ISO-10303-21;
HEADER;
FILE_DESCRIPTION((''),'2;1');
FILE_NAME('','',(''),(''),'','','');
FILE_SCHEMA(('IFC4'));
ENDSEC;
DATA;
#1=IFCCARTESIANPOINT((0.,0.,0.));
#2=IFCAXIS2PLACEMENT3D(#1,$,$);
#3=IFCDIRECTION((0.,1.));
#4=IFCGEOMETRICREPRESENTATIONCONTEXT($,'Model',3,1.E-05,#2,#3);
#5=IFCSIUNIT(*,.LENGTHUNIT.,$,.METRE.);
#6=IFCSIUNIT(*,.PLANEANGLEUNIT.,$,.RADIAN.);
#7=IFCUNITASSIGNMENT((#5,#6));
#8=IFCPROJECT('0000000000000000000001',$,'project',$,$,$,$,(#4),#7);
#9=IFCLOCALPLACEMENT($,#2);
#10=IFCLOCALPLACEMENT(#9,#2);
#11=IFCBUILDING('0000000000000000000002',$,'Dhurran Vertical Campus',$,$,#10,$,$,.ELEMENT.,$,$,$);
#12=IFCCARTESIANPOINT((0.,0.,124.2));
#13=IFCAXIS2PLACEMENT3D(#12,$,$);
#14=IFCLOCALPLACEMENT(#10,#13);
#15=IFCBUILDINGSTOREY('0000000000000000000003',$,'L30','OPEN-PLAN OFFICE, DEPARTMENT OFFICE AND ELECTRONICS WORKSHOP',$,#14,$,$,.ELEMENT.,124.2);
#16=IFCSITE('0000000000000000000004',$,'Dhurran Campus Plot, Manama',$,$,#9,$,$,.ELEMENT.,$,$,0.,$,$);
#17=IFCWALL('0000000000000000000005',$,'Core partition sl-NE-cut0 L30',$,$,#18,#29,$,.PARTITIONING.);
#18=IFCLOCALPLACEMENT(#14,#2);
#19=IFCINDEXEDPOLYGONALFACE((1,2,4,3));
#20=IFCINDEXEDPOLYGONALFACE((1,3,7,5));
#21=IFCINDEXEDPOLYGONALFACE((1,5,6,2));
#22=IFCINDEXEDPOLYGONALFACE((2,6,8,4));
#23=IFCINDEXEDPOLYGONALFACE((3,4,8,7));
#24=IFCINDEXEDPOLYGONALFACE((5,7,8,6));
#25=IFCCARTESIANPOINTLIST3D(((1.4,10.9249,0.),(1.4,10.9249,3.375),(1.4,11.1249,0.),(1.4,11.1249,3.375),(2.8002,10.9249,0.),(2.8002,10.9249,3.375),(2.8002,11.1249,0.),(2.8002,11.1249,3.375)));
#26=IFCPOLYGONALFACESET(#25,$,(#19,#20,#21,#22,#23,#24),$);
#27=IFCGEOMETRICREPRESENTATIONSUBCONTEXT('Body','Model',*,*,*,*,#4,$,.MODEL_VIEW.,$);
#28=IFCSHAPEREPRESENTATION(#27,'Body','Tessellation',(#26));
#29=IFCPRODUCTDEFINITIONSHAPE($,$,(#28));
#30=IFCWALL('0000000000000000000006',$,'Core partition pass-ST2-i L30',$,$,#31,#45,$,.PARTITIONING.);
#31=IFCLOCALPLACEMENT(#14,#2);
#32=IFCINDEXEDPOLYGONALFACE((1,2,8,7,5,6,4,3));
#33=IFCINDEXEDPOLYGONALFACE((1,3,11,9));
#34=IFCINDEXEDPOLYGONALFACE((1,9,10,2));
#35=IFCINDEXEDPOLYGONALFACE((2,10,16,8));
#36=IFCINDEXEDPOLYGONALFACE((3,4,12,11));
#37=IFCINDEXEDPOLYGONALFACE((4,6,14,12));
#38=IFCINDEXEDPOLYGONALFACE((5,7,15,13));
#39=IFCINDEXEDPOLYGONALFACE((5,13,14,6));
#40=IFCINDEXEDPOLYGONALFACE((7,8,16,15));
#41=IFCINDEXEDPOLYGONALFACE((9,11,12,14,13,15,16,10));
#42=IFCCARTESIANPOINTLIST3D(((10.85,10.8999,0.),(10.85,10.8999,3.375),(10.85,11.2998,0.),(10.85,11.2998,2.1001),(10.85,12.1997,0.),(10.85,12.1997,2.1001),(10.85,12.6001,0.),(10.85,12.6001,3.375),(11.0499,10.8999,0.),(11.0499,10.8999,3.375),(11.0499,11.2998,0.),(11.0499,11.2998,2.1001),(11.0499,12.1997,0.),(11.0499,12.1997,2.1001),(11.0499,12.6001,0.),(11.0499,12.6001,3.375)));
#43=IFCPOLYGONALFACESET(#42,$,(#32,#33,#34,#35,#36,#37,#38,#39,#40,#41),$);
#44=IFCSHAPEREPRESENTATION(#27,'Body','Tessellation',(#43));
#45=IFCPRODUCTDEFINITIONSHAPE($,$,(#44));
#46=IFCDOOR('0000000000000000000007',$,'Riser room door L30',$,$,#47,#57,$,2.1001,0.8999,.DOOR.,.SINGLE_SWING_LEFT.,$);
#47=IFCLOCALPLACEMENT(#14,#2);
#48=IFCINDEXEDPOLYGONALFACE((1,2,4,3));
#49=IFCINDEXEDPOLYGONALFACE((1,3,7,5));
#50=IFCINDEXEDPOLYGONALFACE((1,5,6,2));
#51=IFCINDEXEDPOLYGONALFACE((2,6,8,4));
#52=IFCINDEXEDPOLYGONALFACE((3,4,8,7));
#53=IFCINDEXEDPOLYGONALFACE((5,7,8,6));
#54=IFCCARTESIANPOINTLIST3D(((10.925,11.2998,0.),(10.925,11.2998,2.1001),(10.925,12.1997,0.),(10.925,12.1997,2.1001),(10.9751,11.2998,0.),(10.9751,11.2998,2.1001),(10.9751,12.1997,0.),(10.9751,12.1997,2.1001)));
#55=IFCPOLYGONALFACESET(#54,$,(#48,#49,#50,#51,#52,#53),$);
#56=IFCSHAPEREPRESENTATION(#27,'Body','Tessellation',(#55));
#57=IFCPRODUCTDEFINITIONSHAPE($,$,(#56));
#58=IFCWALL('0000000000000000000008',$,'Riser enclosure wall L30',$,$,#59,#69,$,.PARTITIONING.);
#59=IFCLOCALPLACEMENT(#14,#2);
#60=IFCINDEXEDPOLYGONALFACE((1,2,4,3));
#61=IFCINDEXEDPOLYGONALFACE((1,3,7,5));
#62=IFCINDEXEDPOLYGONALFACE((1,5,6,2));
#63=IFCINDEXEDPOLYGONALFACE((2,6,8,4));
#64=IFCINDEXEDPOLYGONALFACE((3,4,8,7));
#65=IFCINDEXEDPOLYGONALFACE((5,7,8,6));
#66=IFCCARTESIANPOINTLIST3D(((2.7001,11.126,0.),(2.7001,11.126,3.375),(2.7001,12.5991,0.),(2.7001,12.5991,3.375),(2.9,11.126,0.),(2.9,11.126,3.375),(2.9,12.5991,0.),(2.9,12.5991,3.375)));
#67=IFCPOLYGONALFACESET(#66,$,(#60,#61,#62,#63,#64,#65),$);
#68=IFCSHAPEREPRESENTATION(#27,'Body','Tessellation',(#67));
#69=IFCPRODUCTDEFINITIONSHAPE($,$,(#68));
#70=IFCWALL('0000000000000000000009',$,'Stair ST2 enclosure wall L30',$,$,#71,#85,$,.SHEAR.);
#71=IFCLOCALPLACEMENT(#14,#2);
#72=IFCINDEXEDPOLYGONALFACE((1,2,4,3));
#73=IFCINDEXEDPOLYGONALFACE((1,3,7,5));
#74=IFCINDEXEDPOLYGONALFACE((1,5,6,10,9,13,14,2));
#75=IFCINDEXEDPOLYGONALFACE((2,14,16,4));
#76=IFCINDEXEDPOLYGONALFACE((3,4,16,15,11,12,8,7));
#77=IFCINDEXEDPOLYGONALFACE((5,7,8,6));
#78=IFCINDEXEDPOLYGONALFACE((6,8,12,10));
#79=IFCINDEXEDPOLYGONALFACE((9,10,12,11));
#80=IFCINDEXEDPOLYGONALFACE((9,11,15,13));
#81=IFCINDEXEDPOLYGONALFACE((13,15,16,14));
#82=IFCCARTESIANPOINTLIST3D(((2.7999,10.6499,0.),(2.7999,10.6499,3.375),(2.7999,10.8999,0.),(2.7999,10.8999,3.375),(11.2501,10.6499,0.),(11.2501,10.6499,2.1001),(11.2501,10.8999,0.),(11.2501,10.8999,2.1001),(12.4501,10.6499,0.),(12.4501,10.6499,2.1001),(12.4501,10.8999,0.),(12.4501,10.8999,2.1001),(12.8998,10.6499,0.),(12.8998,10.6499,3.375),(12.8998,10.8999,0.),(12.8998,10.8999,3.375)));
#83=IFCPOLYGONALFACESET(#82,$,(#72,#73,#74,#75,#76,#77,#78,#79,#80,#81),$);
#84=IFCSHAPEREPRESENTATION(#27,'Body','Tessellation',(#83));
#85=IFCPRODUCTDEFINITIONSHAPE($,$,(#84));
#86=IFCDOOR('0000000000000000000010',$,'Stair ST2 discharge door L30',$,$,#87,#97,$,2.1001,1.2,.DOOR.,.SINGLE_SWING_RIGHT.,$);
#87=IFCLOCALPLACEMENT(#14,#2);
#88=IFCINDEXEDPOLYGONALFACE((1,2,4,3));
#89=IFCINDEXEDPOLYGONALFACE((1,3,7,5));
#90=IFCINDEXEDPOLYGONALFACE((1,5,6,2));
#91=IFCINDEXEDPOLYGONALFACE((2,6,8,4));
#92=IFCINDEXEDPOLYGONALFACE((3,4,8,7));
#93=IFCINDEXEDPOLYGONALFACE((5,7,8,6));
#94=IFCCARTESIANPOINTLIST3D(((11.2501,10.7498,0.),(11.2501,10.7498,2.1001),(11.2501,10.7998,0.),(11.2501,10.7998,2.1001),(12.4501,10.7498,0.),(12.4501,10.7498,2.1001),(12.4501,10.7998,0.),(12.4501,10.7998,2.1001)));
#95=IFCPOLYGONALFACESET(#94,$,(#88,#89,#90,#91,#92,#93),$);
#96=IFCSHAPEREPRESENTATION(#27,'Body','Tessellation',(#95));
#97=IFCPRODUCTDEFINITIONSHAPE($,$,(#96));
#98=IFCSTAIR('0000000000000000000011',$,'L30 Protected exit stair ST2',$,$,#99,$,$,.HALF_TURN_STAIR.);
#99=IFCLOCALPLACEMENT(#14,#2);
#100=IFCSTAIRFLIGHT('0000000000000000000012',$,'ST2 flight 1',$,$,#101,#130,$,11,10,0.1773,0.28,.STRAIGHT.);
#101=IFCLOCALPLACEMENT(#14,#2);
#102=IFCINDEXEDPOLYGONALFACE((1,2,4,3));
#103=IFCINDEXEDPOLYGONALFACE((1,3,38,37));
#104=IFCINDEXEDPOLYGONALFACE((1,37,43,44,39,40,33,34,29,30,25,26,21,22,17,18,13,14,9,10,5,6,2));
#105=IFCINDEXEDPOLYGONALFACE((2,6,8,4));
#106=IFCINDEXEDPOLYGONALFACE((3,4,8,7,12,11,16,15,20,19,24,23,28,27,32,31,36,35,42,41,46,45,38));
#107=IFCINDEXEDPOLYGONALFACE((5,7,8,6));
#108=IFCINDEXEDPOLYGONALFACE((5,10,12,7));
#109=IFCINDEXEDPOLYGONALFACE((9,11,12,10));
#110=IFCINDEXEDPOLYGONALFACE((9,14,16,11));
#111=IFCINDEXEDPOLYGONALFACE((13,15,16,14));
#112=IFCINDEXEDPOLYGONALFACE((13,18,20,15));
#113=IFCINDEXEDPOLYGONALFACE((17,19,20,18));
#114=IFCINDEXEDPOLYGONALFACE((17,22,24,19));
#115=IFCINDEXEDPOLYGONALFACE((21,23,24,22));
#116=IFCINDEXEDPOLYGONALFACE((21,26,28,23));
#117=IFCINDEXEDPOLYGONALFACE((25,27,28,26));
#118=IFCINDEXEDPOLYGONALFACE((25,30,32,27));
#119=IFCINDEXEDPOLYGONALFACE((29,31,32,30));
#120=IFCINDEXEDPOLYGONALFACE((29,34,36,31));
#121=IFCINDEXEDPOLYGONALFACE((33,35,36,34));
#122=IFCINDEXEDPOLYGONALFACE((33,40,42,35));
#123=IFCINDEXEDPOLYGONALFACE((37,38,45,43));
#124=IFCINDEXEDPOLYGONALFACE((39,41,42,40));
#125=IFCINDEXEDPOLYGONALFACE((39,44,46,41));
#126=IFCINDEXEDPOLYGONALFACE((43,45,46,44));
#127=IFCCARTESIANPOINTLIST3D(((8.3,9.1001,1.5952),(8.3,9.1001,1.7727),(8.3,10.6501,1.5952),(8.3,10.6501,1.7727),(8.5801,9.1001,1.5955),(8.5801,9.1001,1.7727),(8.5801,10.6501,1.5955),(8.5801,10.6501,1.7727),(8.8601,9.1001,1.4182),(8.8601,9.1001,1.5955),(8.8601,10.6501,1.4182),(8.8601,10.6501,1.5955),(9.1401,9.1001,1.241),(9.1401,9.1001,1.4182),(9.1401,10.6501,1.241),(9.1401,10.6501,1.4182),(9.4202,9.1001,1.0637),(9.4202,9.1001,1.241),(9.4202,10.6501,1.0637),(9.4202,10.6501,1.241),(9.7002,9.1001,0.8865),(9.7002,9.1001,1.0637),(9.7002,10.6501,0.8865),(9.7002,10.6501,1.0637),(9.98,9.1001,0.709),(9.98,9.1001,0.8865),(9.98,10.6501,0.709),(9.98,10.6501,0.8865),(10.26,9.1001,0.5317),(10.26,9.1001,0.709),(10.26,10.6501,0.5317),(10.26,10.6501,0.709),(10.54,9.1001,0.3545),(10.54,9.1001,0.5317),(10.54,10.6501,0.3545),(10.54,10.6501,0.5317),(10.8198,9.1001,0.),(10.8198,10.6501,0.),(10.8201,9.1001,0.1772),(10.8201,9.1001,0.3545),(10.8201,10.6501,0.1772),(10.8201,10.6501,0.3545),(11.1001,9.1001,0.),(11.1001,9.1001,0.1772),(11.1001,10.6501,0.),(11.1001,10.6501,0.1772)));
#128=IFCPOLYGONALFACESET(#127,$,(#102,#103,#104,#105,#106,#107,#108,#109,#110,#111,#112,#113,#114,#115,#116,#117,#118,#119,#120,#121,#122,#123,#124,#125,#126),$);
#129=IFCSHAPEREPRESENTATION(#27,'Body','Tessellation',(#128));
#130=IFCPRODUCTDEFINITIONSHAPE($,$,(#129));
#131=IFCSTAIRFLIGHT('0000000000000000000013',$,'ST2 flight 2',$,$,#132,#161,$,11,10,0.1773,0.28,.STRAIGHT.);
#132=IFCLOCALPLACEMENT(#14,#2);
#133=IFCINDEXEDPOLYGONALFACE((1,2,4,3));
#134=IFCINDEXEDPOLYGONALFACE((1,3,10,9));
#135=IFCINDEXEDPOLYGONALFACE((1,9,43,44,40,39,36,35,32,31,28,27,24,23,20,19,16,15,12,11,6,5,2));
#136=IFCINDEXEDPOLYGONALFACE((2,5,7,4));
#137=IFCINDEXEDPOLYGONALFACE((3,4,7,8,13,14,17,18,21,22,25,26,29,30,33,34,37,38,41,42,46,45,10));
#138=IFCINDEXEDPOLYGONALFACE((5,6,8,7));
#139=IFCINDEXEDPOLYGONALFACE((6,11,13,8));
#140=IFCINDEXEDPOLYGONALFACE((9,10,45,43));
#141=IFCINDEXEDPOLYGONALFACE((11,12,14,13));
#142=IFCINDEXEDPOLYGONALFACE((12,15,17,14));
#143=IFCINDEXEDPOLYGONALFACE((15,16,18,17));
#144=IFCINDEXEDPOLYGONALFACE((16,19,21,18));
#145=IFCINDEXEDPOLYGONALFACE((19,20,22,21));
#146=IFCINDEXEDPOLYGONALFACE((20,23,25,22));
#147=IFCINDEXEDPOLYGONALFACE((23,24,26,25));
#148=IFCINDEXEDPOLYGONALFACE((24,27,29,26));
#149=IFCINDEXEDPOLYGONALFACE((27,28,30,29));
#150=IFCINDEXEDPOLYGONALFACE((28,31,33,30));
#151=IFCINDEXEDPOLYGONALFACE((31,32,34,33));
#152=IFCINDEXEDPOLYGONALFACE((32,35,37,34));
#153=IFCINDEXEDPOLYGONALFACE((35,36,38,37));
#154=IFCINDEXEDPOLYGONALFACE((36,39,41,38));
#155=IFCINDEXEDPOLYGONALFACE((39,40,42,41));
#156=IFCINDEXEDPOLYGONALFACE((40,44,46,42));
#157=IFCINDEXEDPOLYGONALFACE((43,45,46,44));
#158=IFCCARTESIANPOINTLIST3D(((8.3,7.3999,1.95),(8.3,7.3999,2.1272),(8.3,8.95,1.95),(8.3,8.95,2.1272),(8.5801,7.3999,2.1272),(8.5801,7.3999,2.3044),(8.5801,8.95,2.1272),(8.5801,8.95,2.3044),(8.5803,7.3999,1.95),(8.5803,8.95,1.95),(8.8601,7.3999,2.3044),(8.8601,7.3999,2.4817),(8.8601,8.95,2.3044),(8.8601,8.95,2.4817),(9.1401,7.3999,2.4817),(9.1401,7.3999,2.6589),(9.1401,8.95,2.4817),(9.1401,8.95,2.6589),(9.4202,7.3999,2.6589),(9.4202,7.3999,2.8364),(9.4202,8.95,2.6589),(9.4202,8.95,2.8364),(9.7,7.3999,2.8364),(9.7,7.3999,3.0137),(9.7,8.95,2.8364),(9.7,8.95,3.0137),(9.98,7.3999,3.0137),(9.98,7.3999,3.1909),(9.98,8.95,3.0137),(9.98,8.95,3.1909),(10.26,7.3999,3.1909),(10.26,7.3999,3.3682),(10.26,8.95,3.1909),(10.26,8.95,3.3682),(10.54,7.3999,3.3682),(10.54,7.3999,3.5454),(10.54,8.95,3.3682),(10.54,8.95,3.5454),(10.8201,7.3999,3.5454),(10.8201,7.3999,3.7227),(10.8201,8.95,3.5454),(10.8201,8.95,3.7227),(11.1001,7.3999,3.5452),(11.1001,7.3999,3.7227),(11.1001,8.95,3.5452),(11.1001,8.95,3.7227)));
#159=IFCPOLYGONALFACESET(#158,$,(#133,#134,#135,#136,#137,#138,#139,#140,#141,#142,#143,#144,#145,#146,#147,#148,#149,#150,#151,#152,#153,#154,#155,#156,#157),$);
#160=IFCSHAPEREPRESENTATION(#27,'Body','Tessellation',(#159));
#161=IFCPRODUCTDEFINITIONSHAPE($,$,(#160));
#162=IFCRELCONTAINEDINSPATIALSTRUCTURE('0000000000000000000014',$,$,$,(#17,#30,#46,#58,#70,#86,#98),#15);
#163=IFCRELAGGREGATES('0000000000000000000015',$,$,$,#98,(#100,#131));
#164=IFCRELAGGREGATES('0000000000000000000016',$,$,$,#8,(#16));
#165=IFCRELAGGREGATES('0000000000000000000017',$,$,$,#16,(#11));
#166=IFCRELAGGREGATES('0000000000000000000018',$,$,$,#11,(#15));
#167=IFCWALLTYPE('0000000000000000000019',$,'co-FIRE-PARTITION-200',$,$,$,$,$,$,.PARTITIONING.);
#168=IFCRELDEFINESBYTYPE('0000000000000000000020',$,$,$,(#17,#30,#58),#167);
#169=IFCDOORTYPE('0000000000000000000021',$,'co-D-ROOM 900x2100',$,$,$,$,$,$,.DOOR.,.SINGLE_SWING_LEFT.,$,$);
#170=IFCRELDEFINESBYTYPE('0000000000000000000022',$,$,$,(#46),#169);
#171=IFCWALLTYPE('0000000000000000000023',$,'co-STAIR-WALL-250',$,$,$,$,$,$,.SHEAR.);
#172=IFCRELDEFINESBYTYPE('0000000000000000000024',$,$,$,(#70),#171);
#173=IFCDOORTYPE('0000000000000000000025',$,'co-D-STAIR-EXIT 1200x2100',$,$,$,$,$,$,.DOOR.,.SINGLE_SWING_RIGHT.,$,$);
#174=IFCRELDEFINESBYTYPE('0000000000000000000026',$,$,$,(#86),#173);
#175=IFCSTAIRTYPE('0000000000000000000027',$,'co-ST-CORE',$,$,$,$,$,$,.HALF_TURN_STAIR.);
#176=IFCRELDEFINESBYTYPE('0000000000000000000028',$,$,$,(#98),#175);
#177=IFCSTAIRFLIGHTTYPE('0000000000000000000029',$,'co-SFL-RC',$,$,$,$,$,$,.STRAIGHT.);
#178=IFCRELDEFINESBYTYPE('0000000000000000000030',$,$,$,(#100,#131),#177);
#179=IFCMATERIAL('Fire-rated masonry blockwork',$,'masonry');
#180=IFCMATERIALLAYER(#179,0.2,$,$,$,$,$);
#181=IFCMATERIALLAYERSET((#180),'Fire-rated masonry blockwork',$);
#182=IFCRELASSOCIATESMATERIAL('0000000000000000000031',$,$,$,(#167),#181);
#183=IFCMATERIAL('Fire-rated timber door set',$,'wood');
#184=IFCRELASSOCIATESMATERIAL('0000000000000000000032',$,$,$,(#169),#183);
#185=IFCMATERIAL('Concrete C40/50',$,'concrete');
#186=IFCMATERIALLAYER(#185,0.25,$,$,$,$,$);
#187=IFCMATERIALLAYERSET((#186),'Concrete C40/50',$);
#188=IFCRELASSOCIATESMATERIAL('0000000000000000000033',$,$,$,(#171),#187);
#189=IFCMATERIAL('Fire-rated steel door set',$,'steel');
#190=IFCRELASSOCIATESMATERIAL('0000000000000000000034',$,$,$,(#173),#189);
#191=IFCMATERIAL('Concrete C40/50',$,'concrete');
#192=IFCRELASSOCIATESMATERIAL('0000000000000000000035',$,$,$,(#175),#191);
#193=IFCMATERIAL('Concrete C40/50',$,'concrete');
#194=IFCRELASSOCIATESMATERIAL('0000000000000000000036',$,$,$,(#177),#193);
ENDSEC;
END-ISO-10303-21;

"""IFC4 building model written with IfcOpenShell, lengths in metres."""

from ifc_helpers import new_model, si_unit, direction, frame, frame_2d, origin, place, context, subcontext, project, spatial, polyline, rectangle, outline, extrude, material, layer, layer_set, type_object, element, fill, aggregate, save


model = new_model("IFC4")

# Units and contexts
model_context = context("Model", 3, precision=1e-05, world=origin(), true_north=direction((0.0, 1.0)))
body_context = subcontext(model_context, "Body", "Model", "MODEL_VIEW")
ifc_project = project(units=[si_unit("LENGTHUNIT", "METRE"), si_unit("PLANEANGLEUNIT", "RADIAN")], contexts=[model_context])

# Site, building, storey
site_placement = place(None, origin())
site = spatial("IfcSite", under=ifc_project, at=site_placement, Name="Dhurran Campus Plot, Manama", CompositionType="ELEMENT", RefElevation=0.0)
building_placement = place(site_placement, origin())
building = spatial("IfcBuilding", under=site, at=building_placement, Name="Dhurran Vertical Campus", CompositionType="ELEMENT")
storey_placement = place(building_placement, frame((0.0, 0.0, 124.2)))
storey = spatial("IfcBuildingStorey", under=building, at=storey_placement, Name="L30", Description="OPEN-PLAN OFFICE, DEPARTMENT OFFICE AND ELECTRONICS WORKSHOP", CompositionType="ELEMENT", Elevation=124.2)

# Wall
ifc_material_1 = material(Name="Fire-rated masonry blockwork", Category="masonry")
ifc_layer_1 = layer(ifc_material_1, 0.2)
ifc_layer_set_1 = layer_set([ifc_layer_1], Name="Fire-rated masonry blockwork")
wall_type_1 = type_object("IfcWallType", Name="co-FIRE-PARTITION-200", PredefinedType="PARTITIONING", material=ifc_layer_set_1)
wall_1_placement = place(storey_placement, frame((1.3999, 11.0249, 0.0), z_axis=(0.0, 0.0, 1.0), x_axis=(1.0, 0.0, 0.0)))
element("IfcWall", 1, at=wall_1_placement, inside=storey, type_object=wall_type_1, Name="Core partition sl-NE-cut0 L30", PredefinedType="PARTITIONING", context=body_context, shape_type="SweptSolid", body=[
    extrude(rectangle(XDim=1.4001, YDim=0.2, at=frame_2d((0.7002, 0.0))), origin(), (0.0, 0.0, 1.0), 3.375),
])

# Wall, opening, door
wall_2_placement = place(storey_placement, frame((10.95, 10.8999, 0.0), z_axis=(0.0, 0.0, 1.0), x_axis=(0.0, 1.0, 0.0)))
wall_2 = element("IfcWall", 2, at=wall_2_placement, inside=storey, type_object=wall_type_1, Name="Core partition pass-ST2-i L30", PredefinedType="PARTITIONING", context=body_context, shape_type="SweptSolid", body=[
    extrude(rectangle(XDim=1.7002, YDim=0.2, at=frame_2d((0.8501, 0.0))), origin(), (0.0, 0.0, 1.0), 3.375),
])
opening_1_placement = place(wall_2_placement, frame((0.3999, 0.0, 0.0)))
opening_1 = element("IfcOpeningElement", 3, at=opening_1_placement, cuts=wall_2, PredefinedType="OPENING", context=body_context, shape_type="SweptSolid", body=[
    extrude(rectangle(XDim=0.8999, YDim=2.1001, at=frame_2d((0.45, 1.05))), frame((0.0, 0.1099, 0.0), z_axis=(0.0, -1.0, 0.0), x_axis=(1.0, 0.0, 0.0)), (0.0, 0.0, 1.0), 0.22),
])
ifc_material_2 = material(Name="Fire-rated timber door set", Category="wood")
door_type_1 = type_object("IfcDoorType", Name="co-D-ROOM 900x2100", OperationType="SINGLE_SWING_LEFT", PredefinedType="DOOR", material=ifc_material_2)
door_1_placement = place(opening_1_placement, origin())
door_1 = element("IfcDoor", 4, at=door_1_placement, inside=storey, type_object=door_type_1, Name="Riser room door L30", OperationType="SINGLE_SWING_LEFT", OverallHeight=2.1001, OverallWidth=0.8999, PredefinedType="DOOR", context=body_context, shape_type="SweptSolid", body=[
    extrude(rectangle(XDim=0.8999, YDim=2.1001, at=frame_2d((0.45, 1.05))), frame((0.0, 0.0249, 0.0), z_axis=(0.0, -1.0, 0.0), x_axis=(1.0, 0.0, 0.0)), (0.0, 0.0, 1.0), 0.05),
])
fill(opening_1, door_1)

# Wall
wall_3_placement = place(storey_placement, frame((2.8, 12.5991, 0.0), z_axis=(0.0, 0.0, 1.0), x_axis=(0.0, -1.0, 0.0)))
element("IfcWall", 5, at=wall_3_placement, inside=storey, type_object=wall_type_1, Name="Riser enclosure wall L30", PredefinedType="PARTITIONING", context=body_context, shape_type="SweptSolid", body=[
    extrude(rectangle(XDim=1.4731, YDim=0.2, at=frame_2d((0.7366, 0.0))), origin(), (0.0, 0.0, 1.0), 3.375),
])

# Wall, opening, door
ifc_material_3 = material(Name="Concrete C40/50", Category="concrete")
ifc_layer_2 = layer(ifc_material_3, 0.25)
ifc_layer_set_2 = layer_set([ifc_layer_2], Name="Concrete C40/50")
wall_type_2 = type_object("IfcWallType", Name="co-STAIR-WALL-250", PredefinedType="SHEAR", material=ifc_layer_set_2)
wall_4_placement = place(storey_placement, frame((2.8, 10.7749, 0.0), z_axis=(0.0, 0.0, 1.0), x_axis=(1.0, 0.0, 0.0)))
wall_4 = element("IfcWall", 6, at=wall_4_placement, inside=storey, type_object=wall_type_2, Name="Stair ST2 enclosure wall L30", PredefinedType="SHEAR", context=body_context, shape_type="SweptSolid", body=[
    extrude(rectangle(XDim=10.0999, YDim=0.25, at=frame_2d((5.0498, 0.0))), origin(), (0.0, 0.0, 1.0), 3.375),
])
opening_2_placement = place(wall_4_placement, frame((8.45, 0.0, 0.0)))
opening_2 = element("IfcOpeningElement", 7, at=opening_2_placement, cuts=wall_4, PredefinedType="OPENING", context=body_context, shape_type="SweptSolid", body=[
    extrude(rectangle(XDim=1.2, YDim=2.1001, at=frame_2d((0.6001, 1.05))), frame((0.0, 0.135, 0.0), z_axis=(0.0, -1.0, 0.0), x_axis=(1.0, 0.0, 0.0)), (0.0, 0.0, 1.0), 0.27),
])
ifc_material_4 = material(Name="Fire-rated steel door set", Category="steel")
door_type_2 = type_object("IfcDoorType", Name="co-D-STAIR-EXIT 1200x2100", OperationType="SINGLE_SWING_RIGHT", PredefinedType="DOOR", material=ifc_material_4)
door_2_placement = place(opening_2_placement, origin())
door_2 = element("IfcDoor", 8, at=door_2_placement, inside=storey, type_object=door_type_2, Name="Stair ST2 discharge door L30", OperationType="SINGLE_SWING_RIGHT", OverallHeight=2.1001, OverallWidth=1.2, PredefinedType="DOOR", context=body_context, shape_type="SweptSolid", body=[
    extrude(rectangle(XDim=1.2, YDim=2.1001, at=frame_2d((0.6001, 1.05))), frame((0.0, 0.0249, 0.0), z_axis=(0.0, -1.0, 0.0), x_axis=(1.0, 0.0, 0.0)), (0.0, 0.0, 1.0), 0.05),
])
fill(opening_2, door_2)

# Stair, stair flights
ifc_material_5 = material(Name="Concrete C40/50", Category="concrete")
stair_type = type_object("IfcStairType", Name="co-ST-CORE", PredefinedType="HALF_TURN_STAIR", material=ifc_material_5)
stair_placement = place(storey_placement, origin())
stair = element("IfcStair", 9, at=stair_placement, inside=storey, type_object=stair_type, Name="L30 Protected exit stair ST2", PredefinedType="HALF_TURN_STAIR")
ifc_material_6 = material(Name="Concrete C40/50", Category="concrete")
stair_flight_type = type_object("IfcStairFlightType", Name="co-SFL-RC", PredefinedType="STRAIGHT", material=ifc_material_6)
stair_flight_1_placement = place(storey_placement, frame((11.1001, 9.875, 0.0), z_axis=(0.0, 0.0, 1.0), x_axis=(-1.0, 0.0, 0.0)))
stair_flight_1 = element("IfcStairFlight", 10, at=stair_flight_1_placement, type_object=stair_flight_type, Name="ST2 flight 1", NumberOfRisers=11, NumberOfTreads=10, PredefinedType="STRAIGHT", RiserHeight=0.1773, TreadLength=0.28, context=body_context, shape_type="SweptSolid", body=[
    extrude(outline(polyline([(0.0, 0.0), (0.0, 0.1772), (0.28, 0.1772), (0.28, 0.3545), (0.5601, 0.3545), (0.5601, 0.5317), (0.8401, 0.5317), (0.8401, 0.709), (1.1201, 0.709), (1.1201, 0.8865), (1.3999, 0.8865), (1.3999, 1.0637), (1.6799, 1.0637), (1.6799, 1.241), (1.96, 1.241), (1.96, 1.4182), (2.24, 1.4182), (2.24, 1.5955), (2.52, 1.5955), (2.52, 1.7727), (2.8, 1.7727), (2.8, 1.95), (2.8, 1.5952), (0.2803, 0.0), (0.0, 0.0)])), frame((0.0, 0.7749, 0.0), z_axis=(0.0, -1.0, 0.0), x_axis=(1.0, 0.0, 0.0)), (0.0, 0.0, 1.0), 1.55),
])
stair_flight_2_placement = place(storey_placement, frame((8.3, 8.175, 1.95), z_axis=(0.0, 0.0, 1.0), x_axis=(1.0, 0.0, 0.0)))
stair_flight_2 = element("IfcStairFlight", 11, at=stair_flight_2_placement, type_object=stair_flight_type, Name="ST2 flight 2", NumberOfRisers=11, NumberOfTreads=10, PredefinedType="STRAIGHT", RiserHeight=0.1773, TreadLength=0.28, context=body_context, shape_type="SweptSolid", body=[
    extrude(outline(polyline([(0.0, 0.0), (0.0, 0.1772), (0.28, 0.1772), (0.28, 0.3545), (0.5601, 0.3545), (0.5601, 0.5317), (0.8401, 0.5317), (0.8401, 0.709), (1.1201, 0.709), (1.1201, 0.8865), (1.3999, 0.8865), (1.3999, 1.0637), (1.6799, 1.0637), (1.6799, 1.241), (1.96, 1.241), (1.96, 1.4182), (2.24, 1.4182), (2.24, 1.5955), (2.52, 1.5955), (2.52, 1.7727), (2.8, 1.7727), (2.8, 1.95), (2.8, 1.5952), (0.2803, 0.0), (0.0, 0.0)])), frame((0.0, 0.7749, 0.0), z_axis=(0.0, -1.0, 0.0), x_axis=(1.0, 0.0, 0.0)), (0.0, 0.0, 1.0), 1.55),
])
aggregate(stair, [stair_flight_1, stair_flight_2])

save(model, "model.ifc")
